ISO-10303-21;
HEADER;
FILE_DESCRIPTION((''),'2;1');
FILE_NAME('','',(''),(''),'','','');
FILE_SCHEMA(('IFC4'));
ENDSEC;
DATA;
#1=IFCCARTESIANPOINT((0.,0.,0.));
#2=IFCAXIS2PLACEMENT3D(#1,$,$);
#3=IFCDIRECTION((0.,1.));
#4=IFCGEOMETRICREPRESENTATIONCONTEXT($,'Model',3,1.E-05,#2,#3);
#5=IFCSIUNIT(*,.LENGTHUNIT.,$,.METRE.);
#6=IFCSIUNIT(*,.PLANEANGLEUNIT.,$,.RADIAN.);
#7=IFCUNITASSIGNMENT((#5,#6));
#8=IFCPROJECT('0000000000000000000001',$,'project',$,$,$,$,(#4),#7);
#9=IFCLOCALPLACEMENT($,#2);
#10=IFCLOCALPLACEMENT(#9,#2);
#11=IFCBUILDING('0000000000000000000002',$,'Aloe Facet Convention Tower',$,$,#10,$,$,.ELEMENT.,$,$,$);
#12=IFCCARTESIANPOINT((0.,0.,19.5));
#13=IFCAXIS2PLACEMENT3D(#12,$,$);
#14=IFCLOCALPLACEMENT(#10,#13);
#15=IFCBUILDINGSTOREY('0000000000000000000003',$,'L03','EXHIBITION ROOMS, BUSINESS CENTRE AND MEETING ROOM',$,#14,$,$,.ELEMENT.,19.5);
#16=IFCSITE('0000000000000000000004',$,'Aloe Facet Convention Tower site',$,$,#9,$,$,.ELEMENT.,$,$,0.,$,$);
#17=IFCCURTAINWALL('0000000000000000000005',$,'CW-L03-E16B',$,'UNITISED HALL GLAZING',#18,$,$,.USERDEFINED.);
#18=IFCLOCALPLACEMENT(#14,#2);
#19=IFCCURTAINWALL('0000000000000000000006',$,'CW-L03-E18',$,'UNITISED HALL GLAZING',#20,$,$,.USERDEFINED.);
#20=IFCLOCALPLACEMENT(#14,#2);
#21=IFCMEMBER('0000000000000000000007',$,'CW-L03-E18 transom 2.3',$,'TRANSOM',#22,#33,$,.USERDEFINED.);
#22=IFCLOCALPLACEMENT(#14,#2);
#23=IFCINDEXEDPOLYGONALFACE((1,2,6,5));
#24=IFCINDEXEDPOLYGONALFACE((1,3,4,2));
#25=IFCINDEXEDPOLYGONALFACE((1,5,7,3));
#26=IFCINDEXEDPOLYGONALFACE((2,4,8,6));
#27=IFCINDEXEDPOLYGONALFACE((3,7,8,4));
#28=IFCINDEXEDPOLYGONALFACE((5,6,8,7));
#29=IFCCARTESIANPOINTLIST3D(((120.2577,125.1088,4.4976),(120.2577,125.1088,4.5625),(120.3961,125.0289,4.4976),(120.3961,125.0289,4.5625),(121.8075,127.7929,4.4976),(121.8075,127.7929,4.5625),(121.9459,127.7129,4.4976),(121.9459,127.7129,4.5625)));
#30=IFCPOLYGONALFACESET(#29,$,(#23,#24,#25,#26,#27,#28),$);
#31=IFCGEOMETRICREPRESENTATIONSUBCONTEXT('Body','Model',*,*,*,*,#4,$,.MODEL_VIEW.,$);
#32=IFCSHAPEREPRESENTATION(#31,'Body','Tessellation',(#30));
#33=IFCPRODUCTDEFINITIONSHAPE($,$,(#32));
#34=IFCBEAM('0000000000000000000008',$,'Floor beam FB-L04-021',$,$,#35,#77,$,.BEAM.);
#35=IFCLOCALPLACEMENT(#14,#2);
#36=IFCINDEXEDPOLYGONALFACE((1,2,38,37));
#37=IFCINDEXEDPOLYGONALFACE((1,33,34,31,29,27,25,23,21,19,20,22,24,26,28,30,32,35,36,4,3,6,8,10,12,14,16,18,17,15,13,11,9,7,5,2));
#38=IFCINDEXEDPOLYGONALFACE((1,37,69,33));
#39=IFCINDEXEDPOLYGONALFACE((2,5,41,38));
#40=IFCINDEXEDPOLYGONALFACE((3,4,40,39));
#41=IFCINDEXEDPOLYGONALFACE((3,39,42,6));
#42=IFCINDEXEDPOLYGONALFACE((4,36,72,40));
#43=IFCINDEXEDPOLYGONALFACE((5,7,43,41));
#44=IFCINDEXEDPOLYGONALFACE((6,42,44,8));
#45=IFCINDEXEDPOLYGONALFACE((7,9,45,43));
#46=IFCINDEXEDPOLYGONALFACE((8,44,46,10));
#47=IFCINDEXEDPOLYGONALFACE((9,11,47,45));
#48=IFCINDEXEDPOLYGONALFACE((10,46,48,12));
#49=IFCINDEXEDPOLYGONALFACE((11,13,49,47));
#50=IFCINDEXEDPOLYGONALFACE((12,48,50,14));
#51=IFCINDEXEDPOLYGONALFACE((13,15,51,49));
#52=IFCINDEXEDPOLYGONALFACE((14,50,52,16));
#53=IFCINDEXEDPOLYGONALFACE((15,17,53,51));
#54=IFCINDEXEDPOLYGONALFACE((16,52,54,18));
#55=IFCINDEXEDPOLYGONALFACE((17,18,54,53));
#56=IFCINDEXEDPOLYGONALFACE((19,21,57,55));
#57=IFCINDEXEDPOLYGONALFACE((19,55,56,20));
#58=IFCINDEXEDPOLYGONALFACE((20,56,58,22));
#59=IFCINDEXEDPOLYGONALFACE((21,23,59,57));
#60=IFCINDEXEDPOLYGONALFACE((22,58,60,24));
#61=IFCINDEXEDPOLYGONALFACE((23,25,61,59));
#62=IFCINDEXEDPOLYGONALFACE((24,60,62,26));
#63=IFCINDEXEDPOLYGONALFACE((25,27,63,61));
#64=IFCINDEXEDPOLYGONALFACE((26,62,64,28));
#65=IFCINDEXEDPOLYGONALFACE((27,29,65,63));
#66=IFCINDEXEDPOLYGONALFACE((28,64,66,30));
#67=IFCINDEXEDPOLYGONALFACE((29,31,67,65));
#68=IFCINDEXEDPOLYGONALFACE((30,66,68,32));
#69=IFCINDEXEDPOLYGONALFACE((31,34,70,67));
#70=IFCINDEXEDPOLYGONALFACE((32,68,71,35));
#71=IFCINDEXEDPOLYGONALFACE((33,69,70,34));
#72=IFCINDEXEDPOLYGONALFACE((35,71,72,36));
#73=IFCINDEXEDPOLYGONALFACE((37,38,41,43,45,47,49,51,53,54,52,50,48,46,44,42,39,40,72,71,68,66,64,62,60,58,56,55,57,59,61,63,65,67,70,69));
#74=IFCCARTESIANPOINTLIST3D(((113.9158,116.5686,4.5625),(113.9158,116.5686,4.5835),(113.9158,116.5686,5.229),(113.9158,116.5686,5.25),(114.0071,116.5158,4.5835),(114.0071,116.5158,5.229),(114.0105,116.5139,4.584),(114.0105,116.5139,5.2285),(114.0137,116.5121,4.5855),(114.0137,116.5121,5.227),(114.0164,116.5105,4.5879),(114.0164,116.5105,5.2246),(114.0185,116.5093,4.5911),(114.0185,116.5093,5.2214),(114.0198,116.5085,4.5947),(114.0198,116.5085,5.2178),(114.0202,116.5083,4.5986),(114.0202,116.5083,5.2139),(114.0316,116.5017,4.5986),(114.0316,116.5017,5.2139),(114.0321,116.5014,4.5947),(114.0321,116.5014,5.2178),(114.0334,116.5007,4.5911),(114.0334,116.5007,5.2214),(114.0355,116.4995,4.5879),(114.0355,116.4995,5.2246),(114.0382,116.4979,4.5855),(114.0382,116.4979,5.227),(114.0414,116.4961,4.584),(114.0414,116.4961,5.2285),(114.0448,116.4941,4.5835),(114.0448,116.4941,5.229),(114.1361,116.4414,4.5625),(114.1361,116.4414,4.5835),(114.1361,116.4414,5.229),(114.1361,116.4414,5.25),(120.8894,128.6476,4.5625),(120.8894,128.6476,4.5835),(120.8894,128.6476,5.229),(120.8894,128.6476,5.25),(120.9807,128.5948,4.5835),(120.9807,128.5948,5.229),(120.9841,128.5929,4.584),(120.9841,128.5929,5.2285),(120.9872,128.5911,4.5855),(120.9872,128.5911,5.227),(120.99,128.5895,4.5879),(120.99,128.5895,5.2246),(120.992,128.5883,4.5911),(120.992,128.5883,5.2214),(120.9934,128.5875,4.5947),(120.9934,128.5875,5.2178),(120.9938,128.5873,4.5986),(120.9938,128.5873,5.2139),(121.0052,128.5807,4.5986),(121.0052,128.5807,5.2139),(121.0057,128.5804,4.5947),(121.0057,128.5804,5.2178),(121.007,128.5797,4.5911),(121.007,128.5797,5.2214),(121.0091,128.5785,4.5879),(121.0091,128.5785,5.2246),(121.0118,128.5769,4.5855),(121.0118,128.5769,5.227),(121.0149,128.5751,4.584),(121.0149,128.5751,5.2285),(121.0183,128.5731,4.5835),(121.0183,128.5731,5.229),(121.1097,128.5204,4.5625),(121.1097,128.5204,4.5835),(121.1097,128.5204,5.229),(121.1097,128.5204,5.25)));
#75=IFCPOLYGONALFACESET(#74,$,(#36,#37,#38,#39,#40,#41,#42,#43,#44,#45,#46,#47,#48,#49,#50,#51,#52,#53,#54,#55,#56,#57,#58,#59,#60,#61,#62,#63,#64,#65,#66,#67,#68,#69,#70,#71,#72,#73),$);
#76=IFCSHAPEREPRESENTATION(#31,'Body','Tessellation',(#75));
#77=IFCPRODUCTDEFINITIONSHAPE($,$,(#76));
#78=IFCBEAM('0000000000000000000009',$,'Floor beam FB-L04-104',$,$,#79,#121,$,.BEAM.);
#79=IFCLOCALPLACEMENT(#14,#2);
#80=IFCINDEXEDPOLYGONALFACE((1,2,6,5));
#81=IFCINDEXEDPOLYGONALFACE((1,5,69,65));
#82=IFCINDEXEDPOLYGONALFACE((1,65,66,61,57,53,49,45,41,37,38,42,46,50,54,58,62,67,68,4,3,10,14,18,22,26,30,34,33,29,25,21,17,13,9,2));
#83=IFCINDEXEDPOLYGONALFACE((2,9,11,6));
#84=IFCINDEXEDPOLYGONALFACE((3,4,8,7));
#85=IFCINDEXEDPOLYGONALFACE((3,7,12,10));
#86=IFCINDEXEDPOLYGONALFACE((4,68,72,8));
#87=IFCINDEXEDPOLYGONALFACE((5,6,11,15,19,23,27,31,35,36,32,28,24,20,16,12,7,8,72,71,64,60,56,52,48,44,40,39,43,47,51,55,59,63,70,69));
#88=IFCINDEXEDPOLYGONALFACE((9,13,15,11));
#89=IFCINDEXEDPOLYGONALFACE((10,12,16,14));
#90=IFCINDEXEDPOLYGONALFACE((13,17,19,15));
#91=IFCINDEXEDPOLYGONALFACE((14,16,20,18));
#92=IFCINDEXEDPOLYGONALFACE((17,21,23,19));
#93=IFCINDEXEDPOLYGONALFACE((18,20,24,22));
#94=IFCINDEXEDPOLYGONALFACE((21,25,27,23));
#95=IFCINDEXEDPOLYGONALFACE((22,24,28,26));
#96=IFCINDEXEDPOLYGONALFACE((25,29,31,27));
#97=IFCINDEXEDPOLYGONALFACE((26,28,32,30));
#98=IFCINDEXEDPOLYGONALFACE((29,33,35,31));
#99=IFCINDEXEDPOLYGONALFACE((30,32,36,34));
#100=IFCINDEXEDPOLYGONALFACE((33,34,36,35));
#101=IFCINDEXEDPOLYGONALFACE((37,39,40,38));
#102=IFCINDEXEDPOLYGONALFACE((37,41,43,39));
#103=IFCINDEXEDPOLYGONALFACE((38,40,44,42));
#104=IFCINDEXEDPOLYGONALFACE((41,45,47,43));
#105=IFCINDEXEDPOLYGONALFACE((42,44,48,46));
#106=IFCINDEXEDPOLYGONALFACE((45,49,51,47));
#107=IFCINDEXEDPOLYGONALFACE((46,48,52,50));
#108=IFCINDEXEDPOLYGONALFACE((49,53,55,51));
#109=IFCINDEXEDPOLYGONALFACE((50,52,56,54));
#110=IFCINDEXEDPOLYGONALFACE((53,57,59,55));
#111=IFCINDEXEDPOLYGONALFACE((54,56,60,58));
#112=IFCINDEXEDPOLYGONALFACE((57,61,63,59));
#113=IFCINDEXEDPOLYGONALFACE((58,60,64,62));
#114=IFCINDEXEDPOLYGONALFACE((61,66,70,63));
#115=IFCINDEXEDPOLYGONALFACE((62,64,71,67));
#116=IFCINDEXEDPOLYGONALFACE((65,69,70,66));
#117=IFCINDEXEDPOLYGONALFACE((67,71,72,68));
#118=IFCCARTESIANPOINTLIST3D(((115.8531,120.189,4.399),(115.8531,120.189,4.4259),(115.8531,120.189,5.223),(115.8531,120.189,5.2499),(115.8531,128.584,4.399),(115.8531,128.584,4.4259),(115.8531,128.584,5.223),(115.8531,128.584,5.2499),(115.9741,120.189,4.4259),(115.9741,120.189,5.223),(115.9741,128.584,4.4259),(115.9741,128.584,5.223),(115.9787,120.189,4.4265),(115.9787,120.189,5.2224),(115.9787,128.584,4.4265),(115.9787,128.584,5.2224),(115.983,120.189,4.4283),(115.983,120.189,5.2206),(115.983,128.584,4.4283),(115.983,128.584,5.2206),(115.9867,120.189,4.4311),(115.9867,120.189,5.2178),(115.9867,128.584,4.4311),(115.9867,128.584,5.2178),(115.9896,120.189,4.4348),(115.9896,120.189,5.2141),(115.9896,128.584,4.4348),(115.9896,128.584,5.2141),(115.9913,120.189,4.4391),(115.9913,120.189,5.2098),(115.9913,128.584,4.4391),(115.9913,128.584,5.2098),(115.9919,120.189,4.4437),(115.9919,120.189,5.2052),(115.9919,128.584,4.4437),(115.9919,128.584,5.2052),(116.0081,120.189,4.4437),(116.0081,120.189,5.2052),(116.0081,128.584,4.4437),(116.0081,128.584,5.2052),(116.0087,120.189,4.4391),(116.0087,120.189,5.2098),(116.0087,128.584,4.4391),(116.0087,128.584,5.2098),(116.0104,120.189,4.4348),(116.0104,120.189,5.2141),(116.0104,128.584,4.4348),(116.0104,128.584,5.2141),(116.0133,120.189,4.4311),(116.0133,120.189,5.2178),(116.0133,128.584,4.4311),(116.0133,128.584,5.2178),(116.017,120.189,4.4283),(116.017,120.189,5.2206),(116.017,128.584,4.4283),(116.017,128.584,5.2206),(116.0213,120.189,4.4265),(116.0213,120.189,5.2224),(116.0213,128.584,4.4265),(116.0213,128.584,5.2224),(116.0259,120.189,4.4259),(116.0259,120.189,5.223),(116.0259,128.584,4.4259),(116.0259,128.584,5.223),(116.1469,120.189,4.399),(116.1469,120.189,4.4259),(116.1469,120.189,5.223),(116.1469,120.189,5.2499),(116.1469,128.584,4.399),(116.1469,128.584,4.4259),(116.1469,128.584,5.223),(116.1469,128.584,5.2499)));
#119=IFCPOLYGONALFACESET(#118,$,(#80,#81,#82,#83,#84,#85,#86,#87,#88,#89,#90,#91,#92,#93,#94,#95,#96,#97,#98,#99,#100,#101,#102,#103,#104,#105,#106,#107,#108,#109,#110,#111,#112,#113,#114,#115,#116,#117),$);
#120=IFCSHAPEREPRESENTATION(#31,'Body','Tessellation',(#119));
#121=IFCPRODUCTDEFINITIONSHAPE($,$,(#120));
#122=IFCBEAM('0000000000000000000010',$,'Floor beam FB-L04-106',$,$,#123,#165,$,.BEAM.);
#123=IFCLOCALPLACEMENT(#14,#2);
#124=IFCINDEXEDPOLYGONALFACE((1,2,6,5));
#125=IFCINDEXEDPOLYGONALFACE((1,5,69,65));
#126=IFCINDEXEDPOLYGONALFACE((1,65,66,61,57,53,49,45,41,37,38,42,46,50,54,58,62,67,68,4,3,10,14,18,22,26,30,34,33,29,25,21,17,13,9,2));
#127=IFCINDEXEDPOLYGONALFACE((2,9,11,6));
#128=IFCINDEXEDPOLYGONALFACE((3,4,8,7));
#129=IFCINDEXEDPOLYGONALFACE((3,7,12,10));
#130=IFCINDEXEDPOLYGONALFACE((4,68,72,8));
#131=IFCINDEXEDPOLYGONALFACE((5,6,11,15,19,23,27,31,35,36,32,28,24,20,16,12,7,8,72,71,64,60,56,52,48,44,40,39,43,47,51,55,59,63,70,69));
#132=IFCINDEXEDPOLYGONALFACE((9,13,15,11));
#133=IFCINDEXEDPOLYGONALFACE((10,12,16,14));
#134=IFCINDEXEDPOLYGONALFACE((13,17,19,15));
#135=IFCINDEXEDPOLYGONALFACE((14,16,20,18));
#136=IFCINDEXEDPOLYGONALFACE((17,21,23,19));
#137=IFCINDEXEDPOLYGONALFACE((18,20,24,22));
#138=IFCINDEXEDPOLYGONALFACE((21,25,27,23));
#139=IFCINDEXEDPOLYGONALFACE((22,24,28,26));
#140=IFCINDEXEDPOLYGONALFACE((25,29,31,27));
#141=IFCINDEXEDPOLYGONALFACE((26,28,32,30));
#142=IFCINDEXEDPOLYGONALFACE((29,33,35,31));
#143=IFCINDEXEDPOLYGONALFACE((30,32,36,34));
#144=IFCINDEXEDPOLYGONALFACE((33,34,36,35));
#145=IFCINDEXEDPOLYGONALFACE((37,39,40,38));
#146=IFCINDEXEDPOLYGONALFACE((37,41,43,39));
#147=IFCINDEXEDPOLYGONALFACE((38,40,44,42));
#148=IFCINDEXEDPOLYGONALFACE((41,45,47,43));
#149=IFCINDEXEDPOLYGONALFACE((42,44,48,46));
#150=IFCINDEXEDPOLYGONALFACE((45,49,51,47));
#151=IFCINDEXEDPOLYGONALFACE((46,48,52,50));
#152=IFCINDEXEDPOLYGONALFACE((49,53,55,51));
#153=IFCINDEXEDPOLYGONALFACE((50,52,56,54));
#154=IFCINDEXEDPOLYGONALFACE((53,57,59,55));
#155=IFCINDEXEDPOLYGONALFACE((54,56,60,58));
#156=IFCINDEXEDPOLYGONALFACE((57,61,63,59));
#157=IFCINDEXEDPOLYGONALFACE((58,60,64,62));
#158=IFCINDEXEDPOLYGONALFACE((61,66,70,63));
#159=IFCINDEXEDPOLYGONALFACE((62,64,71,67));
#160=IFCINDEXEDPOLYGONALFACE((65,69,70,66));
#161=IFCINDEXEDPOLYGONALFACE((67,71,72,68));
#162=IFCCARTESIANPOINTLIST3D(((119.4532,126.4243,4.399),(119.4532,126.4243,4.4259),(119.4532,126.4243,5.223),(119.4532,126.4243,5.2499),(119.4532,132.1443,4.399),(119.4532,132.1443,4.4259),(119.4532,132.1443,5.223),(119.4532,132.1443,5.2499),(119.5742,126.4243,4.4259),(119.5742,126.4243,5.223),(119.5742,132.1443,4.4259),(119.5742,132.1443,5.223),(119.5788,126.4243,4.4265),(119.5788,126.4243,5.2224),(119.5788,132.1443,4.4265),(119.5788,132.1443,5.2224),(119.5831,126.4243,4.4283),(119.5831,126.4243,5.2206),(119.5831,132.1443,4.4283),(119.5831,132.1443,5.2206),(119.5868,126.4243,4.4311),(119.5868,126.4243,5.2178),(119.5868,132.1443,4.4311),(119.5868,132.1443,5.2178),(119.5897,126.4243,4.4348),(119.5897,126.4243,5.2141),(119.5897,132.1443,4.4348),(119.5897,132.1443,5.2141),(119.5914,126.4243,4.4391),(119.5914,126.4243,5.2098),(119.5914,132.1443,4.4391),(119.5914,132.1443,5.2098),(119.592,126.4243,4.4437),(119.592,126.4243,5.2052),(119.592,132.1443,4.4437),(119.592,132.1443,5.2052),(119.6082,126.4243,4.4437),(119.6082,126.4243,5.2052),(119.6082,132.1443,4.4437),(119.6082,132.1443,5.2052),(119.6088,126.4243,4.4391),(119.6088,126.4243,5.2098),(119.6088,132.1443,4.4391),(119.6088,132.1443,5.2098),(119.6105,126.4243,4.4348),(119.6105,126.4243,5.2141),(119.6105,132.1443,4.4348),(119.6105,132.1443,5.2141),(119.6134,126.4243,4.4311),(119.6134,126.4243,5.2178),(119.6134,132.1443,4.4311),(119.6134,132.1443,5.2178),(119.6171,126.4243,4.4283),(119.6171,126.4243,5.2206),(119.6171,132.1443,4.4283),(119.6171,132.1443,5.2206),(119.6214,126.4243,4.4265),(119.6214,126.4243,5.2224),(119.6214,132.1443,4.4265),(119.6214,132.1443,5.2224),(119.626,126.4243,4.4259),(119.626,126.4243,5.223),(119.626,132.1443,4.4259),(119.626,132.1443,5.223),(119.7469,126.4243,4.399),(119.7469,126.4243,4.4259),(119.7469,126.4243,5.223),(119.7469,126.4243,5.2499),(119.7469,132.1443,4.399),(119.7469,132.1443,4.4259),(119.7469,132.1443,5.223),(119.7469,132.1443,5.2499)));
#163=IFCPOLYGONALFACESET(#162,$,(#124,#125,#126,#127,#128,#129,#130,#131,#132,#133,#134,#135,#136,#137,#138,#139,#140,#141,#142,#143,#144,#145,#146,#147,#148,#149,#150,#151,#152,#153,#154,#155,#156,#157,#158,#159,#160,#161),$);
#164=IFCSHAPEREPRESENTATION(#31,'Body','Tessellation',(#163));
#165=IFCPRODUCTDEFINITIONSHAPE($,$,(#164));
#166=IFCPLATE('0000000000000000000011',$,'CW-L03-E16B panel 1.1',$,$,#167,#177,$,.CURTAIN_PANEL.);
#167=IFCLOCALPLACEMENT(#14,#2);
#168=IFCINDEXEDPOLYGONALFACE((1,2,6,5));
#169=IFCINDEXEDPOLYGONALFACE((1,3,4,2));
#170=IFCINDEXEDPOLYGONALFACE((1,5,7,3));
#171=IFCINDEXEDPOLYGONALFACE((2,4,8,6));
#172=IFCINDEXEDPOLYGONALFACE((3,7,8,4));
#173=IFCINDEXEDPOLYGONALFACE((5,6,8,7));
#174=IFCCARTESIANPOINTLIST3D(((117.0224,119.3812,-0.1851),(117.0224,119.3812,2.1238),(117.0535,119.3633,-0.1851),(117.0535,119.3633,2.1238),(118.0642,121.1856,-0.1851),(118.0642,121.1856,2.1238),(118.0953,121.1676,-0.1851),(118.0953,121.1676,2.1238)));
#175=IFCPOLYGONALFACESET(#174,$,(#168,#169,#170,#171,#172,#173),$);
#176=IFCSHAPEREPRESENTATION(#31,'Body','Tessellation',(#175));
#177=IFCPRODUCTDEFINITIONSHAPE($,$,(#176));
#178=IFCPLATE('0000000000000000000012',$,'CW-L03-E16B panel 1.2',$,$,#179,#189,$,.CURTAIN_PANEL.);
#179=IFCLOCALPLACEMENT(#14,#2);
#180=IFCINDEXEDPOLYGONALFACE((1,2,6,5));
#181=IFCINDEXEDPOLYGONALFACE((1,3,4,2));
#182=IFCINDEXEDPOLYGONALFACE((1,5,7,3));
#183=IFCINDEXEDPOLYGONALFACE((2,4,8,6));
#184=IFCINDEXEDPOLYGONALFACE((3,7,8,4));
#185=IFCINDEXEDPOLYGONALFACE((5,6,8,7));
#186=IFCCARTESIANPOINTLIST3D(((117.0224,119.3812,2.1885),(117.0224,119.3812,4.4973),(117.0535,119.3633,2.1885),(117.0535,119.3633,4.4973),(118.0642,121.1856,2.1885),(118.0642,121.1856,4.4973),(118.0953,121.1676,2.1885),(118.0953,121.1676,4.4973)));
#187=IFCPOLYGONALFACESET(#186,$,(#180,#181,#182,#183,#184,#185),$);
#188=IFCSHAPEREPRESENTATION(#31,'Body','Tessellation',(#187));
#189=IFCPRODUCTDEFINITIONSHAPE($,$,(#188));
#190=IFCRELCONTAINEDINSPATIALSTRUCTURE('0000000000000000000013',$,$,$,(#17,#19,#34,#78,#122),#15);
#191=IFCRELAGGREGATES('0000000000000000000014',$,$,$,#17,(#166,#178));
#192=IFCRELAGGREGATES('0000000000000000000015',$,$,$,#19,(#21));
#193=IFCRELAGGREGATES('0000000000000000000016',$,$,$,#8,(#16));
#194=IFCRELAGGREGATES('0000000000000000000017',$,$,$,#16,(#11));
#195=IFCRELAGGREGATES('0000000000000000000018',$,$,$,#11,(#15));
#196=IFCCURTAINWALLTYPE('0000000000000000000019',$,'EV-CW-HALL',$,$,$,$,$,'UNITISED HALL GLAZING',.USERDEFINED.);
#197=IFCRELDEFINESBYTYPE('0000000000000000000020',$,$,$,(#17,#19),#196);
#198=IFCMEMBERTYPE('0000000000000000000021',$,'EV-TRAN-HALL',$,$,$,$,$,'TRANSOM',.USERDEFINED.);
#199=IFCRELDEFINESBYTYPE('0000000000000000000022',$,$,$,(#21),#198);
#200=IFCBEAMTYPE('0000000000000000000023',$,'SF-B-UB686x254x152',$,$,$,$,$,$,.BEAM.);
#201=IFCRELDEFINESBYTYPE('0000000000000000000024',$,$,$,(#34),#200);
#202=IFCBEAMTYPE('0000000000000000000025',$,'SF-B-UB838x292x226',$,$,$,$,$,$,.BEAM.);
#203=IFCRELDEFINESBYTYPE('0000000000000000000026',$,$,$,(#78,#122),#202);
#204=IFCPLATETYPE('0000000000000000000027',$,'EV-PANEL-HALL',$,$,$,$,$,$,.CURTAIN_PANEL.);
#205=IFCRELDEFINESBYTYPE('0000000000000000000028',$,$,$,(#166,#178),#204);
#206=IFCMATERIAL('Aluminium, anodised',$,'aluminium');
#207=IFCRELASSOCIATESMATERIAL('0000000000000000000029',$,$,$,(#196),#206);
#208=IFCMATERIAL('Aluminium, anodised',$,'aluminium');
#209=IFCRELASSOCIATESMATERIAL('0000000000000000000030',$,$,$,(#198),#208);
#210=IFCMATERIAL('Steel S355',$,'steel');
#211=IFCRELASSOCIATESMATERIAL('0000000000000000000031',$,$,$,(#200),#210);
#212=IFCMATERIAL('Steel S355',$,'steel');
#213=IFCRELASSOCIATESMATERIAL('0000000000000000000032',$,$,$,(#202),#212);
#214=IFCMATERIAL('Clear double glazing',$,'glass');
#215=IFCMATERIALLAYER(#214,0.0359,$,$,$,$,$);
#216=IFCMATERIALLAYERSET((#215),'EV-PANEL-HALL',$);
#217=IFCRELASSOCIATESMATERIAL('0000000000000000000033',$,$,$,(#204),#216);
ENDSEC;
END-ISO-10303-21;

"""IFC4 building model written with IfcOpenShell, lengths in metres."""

from ifc_helpers import new_model, si_unit, direction, frame, origin, origin_2d, place, context, subcontext, project, spatial, rectangle, i_section, extrude, material, layer, layer_set, material_profile, profile_set, type_object, element, aggregate, save


model = new_model("IFC4")

# Units and contexts
model_context = context("Model", 3, precision=1e-05, world=origin(), true_north=direction((0.0, 1.0)))
body_context = subcontext(model_context, "Body", "Model", "MODEL_VIEW")
ifc_project = project(units=[si_unit("LENGTHUNIT", "METRE"), si_unit("PLANEANGLEUNIT", "RADIAN")], contexts=[model_context])

# Site, building, storey
site_placement = place(None, origin())
site = spatial("IfcSite", under=ifc_project, at=site_placement, Name="Aloe Facet Convention Tower site", CompositionType="ELEMENT", RefElevation=0.0)
building_placement = place(site_placement, origin())
building = spatial("IfcBuilding", under=site, at=building_placement, Name="Aloe Facet Convention Tower", CompositionType="ELEMENT")
storey_placement = place(building_placement, frame((0.0, 0.0, 19.5)))
storey = spatial("IfcBuildingStorey", under=building, at=storey_placement, Name="L03", Description="EXHIBITION ROOMS, BUSINESS CENTRE AND MEETING ROOM", CompositionType="ELEMENT", Elevation=19.5)

# Curtain wall
ifc_material_1 = material(Name="Aluminium, anodised", Category="aluminium")
curtain_wall_type = type_object("IfcCurtainWallType", Name="EV-CW-HALL", ElementType="UNITISED HALL GLAZING", PredefinedType="USERDEFINED", material=ifc_material_1)
curtain_wall_1_placement = place(storey_placement, origin())
curtain_wall_1 = element("IfcCurtainWall", 1, at=curtain_wall_1_placement, inside=storey, type_object=curtain_wall_type, Name="CW-L03-E16B", ObjectType="UNITISED HALL GLAZING", PredefinedType="USERDEFINED")

# Curtain wall, member
curtain_wall_2_placement = place(storey_placement, origin())
curtain_wall_2 = element("IfcCurtainWall", 2, at=curtain_wall_2_placement, inside=storey, type_object=curtain_wall_type, Name="CW-L03-E18", ObjectType="UNITISED HALL GLAZING", PredefinedType="USERDEFINED")
ifc_material_2 = material(Name="Aluminium, anodised", Category="aluminium")
ifc_material_profile_1 = material_profile(ifc_material_2, rectangle(XDim=0.1599, YDim=0.0649, at=origin_2d()), Name="AL 160x65")
ifc_profile_set_1 = profile_set([ifc_material_profile_1], Name="Aluminium, anodised")
member_type_1 = type_object("IfcMemberType", Name="EV-TRAN-HALL", ElementType="TRANSOM", PredefinedType="USERDEFINED", material=ifc_profile_set_1)
member_1_placement = place(storey_placement, frame((120.3269, 125.0688, 4.53), z_axis=(0.500036, 0.866005, 0.0), x_axis=(-0.866005, 0.500036, 0.0)))
member_1 = element("IfcMember", 3, at=member_1_placement, type_object=member_type_1, Name="CW-L03-E18 transom 2.3", ObjectType="TRANSOM", PredefinedType="USERDEFINED", context=body_context, shape_type="SweptSolid", body=[
    extrude(rectangle(XDim=0.1599, YDim=0.0649, at=origin_2d()), origin(), (0.0, 0.0, 1.0), 3.0994),
])

# Beams
ifc_material_3 = material(Name="Steel S355", Category="steel")
ifc_material_profile_2 = material_profile(ifc_material_3, i_section(OverallWidth=0.2544, OverallDepth=0.6875, WebThickness=0.0132, FlangeThickness=0.021, FilletRadius=0.0151, at=origin_2d()), Name="UB 686x254x152")
ifc_profile_set_2 = profile_set([ifc_material_profile_2], Name="Steel S355")
beam_type_1 = type_object("IfcBeamType", Name="SF-B-UB686x254x152", PredefinedType="BEAM", material=ifc_profile_set_2)
beam_1_placement = place(storey_placement, frame((120.9995, 128.584, 4.9062), z_axis=(-0.499987, -0.866033, 0.0), x_axis=(0.866033, -0.499987, 0.0)))
element("IfcBeam", 4, at=beam_1_placement, inside=storey, type_object=beam_type_1, Name="Floor beam FB-L04-021", PredefinedType="BEAM", context=body_context, shape_type="SweptSolid", body=[
    extrude(i_section(OverallWidth=0.2544, OverallDepth=0.6875, WebThickness=0.0132, FlangeThickness=0.021, FilletRadius=0.0151, at=origin_2d()), origin(), (0.0, 0.0, 1.0), 13.9475),
])
ifc_material_4 = material(Name="Steel S355", Category="steel")
ifc_material_profile_3 = material_profile(ifc_material_4, i_section(OverallWidth=0.2937, OverallDepth=0.8508, WebThickness=0.0161, FlangeThickness=0.0269, FilletRadius=0.0178, at=origin_2d()), Name="UB 838x292x226")
ifc_profile_set_3 = profile_set([ifc_material_profile_3], Name="Steel S355")
beam_type_2 = type_object("IfcBeamType", Name="SF-B-UB838x292x226", PredefinedType="BEAM", material=ifc_profile_set_3)
beam_2_placement = place(storey_placement, frame((116.0, 120.189, 4.8245), z_axis=(0.0, 1.0, 0.0), x_axis=(-1.0, 0.0, 0.0)))
element("IfcBeam", 5, at=beam_2_placement, inside=storey, type_object=beam_type_2, Name="Floor beam FB-L04-104", PredefinedType="BEAM", context=body_context, shape_type="SweptSolid", body=[
    extrude(i_section(OverallWidth=0.2937, OverallDepth=0.8508, WebThickness=0.0161, FlangeThickness=0.0269, FilletRadius=0.0178, at=origin_2d()), origin(), (0.0, 0.0, 1.0), 8.395),
])
beam_3_placement = place(storey_placement, frame((119.6001, 126.4243, 4.8245), z_axis=(0.0, 1.0, 0.0), x_axis=(-1.0, 0.0, 0.0)))
element("IfcBeam", 6, at=beam_3_placement, inside=storey, type_object=beam_type_2, Name="Floor beam FB-L04-106", PredefinedType="BEAM", context=body_context, shape_type="SweptSolid", body=[
    extrude(i_section(OverallWidth=0.2937, OverallDepth=0.8508, WebThickness=0.0161, FlangeThickness=0.0269, FilletRadius=0.0178, at=origin_2d()), origin(), (0.0, 0.0, 1.0), 5.72),
])

# Plates
ifc_material_5 = material(Name="Clear double glazing", Category="glass")
ifc_layer_1 = layer(ifc_material_5, 0.0359)
ifc_layer_set_1 = layer_set([ifc_layer_1], Name="EV-PANEL-HALL")
plate_type = type_object("IfcPlateType", Name="EV-PANEL-HALL", PredefinedType="CURTAIN_PANEL", material=ifc_layer_set_1)
plate_1_placement = place(storey_placement, frame((117.5588, 120.2744, -0.1851), z_axis=(0.0, 0.0, 1.0), x_axis=(0.5, 0.866025, 0.0)))
plate_1 = element("IfcPlate", 7, at=plate_1_placement, type_object=plate_type, Name="CW-L03-E16B panel 1.1", PredefinedType="CURTAIN_PANEL", context=body_context, shape_type="SweptSolid", body=[
    extrude(rectangle(XDim=2.0835, YDim=0.0359, at=origin_2d()), origin(), (0.0, 0.0, 1.0), 2.3088),
])
plate_2_placement = place(storey_placement, frame((117.5588, 120.2744, 2.1885), z_axis=(0.0, 0.0, 1.0), x_axis=(0.5, 0.866025, 0.0)))
plate_2 = element("IfcPlate", 8, at=plate_2_placement, type_object=plate_type, Name="CW-L03-E16B panel 1.2", PredefinedType="CURTAIN_PANEL", context=body_context, shape_type="SweptSolid", body=[
    extrude(rectangle(XDim=2.0835, YDim=0.0359, at=origin_2d()), origin(), (0.0, 0.0, 1.0), 2.3088),
])
aggregate(curtain_wall_1, [plate_1, plate_2])
aggregate(curtain_wall_2, [member_1])

save(model, "model.ifc")
